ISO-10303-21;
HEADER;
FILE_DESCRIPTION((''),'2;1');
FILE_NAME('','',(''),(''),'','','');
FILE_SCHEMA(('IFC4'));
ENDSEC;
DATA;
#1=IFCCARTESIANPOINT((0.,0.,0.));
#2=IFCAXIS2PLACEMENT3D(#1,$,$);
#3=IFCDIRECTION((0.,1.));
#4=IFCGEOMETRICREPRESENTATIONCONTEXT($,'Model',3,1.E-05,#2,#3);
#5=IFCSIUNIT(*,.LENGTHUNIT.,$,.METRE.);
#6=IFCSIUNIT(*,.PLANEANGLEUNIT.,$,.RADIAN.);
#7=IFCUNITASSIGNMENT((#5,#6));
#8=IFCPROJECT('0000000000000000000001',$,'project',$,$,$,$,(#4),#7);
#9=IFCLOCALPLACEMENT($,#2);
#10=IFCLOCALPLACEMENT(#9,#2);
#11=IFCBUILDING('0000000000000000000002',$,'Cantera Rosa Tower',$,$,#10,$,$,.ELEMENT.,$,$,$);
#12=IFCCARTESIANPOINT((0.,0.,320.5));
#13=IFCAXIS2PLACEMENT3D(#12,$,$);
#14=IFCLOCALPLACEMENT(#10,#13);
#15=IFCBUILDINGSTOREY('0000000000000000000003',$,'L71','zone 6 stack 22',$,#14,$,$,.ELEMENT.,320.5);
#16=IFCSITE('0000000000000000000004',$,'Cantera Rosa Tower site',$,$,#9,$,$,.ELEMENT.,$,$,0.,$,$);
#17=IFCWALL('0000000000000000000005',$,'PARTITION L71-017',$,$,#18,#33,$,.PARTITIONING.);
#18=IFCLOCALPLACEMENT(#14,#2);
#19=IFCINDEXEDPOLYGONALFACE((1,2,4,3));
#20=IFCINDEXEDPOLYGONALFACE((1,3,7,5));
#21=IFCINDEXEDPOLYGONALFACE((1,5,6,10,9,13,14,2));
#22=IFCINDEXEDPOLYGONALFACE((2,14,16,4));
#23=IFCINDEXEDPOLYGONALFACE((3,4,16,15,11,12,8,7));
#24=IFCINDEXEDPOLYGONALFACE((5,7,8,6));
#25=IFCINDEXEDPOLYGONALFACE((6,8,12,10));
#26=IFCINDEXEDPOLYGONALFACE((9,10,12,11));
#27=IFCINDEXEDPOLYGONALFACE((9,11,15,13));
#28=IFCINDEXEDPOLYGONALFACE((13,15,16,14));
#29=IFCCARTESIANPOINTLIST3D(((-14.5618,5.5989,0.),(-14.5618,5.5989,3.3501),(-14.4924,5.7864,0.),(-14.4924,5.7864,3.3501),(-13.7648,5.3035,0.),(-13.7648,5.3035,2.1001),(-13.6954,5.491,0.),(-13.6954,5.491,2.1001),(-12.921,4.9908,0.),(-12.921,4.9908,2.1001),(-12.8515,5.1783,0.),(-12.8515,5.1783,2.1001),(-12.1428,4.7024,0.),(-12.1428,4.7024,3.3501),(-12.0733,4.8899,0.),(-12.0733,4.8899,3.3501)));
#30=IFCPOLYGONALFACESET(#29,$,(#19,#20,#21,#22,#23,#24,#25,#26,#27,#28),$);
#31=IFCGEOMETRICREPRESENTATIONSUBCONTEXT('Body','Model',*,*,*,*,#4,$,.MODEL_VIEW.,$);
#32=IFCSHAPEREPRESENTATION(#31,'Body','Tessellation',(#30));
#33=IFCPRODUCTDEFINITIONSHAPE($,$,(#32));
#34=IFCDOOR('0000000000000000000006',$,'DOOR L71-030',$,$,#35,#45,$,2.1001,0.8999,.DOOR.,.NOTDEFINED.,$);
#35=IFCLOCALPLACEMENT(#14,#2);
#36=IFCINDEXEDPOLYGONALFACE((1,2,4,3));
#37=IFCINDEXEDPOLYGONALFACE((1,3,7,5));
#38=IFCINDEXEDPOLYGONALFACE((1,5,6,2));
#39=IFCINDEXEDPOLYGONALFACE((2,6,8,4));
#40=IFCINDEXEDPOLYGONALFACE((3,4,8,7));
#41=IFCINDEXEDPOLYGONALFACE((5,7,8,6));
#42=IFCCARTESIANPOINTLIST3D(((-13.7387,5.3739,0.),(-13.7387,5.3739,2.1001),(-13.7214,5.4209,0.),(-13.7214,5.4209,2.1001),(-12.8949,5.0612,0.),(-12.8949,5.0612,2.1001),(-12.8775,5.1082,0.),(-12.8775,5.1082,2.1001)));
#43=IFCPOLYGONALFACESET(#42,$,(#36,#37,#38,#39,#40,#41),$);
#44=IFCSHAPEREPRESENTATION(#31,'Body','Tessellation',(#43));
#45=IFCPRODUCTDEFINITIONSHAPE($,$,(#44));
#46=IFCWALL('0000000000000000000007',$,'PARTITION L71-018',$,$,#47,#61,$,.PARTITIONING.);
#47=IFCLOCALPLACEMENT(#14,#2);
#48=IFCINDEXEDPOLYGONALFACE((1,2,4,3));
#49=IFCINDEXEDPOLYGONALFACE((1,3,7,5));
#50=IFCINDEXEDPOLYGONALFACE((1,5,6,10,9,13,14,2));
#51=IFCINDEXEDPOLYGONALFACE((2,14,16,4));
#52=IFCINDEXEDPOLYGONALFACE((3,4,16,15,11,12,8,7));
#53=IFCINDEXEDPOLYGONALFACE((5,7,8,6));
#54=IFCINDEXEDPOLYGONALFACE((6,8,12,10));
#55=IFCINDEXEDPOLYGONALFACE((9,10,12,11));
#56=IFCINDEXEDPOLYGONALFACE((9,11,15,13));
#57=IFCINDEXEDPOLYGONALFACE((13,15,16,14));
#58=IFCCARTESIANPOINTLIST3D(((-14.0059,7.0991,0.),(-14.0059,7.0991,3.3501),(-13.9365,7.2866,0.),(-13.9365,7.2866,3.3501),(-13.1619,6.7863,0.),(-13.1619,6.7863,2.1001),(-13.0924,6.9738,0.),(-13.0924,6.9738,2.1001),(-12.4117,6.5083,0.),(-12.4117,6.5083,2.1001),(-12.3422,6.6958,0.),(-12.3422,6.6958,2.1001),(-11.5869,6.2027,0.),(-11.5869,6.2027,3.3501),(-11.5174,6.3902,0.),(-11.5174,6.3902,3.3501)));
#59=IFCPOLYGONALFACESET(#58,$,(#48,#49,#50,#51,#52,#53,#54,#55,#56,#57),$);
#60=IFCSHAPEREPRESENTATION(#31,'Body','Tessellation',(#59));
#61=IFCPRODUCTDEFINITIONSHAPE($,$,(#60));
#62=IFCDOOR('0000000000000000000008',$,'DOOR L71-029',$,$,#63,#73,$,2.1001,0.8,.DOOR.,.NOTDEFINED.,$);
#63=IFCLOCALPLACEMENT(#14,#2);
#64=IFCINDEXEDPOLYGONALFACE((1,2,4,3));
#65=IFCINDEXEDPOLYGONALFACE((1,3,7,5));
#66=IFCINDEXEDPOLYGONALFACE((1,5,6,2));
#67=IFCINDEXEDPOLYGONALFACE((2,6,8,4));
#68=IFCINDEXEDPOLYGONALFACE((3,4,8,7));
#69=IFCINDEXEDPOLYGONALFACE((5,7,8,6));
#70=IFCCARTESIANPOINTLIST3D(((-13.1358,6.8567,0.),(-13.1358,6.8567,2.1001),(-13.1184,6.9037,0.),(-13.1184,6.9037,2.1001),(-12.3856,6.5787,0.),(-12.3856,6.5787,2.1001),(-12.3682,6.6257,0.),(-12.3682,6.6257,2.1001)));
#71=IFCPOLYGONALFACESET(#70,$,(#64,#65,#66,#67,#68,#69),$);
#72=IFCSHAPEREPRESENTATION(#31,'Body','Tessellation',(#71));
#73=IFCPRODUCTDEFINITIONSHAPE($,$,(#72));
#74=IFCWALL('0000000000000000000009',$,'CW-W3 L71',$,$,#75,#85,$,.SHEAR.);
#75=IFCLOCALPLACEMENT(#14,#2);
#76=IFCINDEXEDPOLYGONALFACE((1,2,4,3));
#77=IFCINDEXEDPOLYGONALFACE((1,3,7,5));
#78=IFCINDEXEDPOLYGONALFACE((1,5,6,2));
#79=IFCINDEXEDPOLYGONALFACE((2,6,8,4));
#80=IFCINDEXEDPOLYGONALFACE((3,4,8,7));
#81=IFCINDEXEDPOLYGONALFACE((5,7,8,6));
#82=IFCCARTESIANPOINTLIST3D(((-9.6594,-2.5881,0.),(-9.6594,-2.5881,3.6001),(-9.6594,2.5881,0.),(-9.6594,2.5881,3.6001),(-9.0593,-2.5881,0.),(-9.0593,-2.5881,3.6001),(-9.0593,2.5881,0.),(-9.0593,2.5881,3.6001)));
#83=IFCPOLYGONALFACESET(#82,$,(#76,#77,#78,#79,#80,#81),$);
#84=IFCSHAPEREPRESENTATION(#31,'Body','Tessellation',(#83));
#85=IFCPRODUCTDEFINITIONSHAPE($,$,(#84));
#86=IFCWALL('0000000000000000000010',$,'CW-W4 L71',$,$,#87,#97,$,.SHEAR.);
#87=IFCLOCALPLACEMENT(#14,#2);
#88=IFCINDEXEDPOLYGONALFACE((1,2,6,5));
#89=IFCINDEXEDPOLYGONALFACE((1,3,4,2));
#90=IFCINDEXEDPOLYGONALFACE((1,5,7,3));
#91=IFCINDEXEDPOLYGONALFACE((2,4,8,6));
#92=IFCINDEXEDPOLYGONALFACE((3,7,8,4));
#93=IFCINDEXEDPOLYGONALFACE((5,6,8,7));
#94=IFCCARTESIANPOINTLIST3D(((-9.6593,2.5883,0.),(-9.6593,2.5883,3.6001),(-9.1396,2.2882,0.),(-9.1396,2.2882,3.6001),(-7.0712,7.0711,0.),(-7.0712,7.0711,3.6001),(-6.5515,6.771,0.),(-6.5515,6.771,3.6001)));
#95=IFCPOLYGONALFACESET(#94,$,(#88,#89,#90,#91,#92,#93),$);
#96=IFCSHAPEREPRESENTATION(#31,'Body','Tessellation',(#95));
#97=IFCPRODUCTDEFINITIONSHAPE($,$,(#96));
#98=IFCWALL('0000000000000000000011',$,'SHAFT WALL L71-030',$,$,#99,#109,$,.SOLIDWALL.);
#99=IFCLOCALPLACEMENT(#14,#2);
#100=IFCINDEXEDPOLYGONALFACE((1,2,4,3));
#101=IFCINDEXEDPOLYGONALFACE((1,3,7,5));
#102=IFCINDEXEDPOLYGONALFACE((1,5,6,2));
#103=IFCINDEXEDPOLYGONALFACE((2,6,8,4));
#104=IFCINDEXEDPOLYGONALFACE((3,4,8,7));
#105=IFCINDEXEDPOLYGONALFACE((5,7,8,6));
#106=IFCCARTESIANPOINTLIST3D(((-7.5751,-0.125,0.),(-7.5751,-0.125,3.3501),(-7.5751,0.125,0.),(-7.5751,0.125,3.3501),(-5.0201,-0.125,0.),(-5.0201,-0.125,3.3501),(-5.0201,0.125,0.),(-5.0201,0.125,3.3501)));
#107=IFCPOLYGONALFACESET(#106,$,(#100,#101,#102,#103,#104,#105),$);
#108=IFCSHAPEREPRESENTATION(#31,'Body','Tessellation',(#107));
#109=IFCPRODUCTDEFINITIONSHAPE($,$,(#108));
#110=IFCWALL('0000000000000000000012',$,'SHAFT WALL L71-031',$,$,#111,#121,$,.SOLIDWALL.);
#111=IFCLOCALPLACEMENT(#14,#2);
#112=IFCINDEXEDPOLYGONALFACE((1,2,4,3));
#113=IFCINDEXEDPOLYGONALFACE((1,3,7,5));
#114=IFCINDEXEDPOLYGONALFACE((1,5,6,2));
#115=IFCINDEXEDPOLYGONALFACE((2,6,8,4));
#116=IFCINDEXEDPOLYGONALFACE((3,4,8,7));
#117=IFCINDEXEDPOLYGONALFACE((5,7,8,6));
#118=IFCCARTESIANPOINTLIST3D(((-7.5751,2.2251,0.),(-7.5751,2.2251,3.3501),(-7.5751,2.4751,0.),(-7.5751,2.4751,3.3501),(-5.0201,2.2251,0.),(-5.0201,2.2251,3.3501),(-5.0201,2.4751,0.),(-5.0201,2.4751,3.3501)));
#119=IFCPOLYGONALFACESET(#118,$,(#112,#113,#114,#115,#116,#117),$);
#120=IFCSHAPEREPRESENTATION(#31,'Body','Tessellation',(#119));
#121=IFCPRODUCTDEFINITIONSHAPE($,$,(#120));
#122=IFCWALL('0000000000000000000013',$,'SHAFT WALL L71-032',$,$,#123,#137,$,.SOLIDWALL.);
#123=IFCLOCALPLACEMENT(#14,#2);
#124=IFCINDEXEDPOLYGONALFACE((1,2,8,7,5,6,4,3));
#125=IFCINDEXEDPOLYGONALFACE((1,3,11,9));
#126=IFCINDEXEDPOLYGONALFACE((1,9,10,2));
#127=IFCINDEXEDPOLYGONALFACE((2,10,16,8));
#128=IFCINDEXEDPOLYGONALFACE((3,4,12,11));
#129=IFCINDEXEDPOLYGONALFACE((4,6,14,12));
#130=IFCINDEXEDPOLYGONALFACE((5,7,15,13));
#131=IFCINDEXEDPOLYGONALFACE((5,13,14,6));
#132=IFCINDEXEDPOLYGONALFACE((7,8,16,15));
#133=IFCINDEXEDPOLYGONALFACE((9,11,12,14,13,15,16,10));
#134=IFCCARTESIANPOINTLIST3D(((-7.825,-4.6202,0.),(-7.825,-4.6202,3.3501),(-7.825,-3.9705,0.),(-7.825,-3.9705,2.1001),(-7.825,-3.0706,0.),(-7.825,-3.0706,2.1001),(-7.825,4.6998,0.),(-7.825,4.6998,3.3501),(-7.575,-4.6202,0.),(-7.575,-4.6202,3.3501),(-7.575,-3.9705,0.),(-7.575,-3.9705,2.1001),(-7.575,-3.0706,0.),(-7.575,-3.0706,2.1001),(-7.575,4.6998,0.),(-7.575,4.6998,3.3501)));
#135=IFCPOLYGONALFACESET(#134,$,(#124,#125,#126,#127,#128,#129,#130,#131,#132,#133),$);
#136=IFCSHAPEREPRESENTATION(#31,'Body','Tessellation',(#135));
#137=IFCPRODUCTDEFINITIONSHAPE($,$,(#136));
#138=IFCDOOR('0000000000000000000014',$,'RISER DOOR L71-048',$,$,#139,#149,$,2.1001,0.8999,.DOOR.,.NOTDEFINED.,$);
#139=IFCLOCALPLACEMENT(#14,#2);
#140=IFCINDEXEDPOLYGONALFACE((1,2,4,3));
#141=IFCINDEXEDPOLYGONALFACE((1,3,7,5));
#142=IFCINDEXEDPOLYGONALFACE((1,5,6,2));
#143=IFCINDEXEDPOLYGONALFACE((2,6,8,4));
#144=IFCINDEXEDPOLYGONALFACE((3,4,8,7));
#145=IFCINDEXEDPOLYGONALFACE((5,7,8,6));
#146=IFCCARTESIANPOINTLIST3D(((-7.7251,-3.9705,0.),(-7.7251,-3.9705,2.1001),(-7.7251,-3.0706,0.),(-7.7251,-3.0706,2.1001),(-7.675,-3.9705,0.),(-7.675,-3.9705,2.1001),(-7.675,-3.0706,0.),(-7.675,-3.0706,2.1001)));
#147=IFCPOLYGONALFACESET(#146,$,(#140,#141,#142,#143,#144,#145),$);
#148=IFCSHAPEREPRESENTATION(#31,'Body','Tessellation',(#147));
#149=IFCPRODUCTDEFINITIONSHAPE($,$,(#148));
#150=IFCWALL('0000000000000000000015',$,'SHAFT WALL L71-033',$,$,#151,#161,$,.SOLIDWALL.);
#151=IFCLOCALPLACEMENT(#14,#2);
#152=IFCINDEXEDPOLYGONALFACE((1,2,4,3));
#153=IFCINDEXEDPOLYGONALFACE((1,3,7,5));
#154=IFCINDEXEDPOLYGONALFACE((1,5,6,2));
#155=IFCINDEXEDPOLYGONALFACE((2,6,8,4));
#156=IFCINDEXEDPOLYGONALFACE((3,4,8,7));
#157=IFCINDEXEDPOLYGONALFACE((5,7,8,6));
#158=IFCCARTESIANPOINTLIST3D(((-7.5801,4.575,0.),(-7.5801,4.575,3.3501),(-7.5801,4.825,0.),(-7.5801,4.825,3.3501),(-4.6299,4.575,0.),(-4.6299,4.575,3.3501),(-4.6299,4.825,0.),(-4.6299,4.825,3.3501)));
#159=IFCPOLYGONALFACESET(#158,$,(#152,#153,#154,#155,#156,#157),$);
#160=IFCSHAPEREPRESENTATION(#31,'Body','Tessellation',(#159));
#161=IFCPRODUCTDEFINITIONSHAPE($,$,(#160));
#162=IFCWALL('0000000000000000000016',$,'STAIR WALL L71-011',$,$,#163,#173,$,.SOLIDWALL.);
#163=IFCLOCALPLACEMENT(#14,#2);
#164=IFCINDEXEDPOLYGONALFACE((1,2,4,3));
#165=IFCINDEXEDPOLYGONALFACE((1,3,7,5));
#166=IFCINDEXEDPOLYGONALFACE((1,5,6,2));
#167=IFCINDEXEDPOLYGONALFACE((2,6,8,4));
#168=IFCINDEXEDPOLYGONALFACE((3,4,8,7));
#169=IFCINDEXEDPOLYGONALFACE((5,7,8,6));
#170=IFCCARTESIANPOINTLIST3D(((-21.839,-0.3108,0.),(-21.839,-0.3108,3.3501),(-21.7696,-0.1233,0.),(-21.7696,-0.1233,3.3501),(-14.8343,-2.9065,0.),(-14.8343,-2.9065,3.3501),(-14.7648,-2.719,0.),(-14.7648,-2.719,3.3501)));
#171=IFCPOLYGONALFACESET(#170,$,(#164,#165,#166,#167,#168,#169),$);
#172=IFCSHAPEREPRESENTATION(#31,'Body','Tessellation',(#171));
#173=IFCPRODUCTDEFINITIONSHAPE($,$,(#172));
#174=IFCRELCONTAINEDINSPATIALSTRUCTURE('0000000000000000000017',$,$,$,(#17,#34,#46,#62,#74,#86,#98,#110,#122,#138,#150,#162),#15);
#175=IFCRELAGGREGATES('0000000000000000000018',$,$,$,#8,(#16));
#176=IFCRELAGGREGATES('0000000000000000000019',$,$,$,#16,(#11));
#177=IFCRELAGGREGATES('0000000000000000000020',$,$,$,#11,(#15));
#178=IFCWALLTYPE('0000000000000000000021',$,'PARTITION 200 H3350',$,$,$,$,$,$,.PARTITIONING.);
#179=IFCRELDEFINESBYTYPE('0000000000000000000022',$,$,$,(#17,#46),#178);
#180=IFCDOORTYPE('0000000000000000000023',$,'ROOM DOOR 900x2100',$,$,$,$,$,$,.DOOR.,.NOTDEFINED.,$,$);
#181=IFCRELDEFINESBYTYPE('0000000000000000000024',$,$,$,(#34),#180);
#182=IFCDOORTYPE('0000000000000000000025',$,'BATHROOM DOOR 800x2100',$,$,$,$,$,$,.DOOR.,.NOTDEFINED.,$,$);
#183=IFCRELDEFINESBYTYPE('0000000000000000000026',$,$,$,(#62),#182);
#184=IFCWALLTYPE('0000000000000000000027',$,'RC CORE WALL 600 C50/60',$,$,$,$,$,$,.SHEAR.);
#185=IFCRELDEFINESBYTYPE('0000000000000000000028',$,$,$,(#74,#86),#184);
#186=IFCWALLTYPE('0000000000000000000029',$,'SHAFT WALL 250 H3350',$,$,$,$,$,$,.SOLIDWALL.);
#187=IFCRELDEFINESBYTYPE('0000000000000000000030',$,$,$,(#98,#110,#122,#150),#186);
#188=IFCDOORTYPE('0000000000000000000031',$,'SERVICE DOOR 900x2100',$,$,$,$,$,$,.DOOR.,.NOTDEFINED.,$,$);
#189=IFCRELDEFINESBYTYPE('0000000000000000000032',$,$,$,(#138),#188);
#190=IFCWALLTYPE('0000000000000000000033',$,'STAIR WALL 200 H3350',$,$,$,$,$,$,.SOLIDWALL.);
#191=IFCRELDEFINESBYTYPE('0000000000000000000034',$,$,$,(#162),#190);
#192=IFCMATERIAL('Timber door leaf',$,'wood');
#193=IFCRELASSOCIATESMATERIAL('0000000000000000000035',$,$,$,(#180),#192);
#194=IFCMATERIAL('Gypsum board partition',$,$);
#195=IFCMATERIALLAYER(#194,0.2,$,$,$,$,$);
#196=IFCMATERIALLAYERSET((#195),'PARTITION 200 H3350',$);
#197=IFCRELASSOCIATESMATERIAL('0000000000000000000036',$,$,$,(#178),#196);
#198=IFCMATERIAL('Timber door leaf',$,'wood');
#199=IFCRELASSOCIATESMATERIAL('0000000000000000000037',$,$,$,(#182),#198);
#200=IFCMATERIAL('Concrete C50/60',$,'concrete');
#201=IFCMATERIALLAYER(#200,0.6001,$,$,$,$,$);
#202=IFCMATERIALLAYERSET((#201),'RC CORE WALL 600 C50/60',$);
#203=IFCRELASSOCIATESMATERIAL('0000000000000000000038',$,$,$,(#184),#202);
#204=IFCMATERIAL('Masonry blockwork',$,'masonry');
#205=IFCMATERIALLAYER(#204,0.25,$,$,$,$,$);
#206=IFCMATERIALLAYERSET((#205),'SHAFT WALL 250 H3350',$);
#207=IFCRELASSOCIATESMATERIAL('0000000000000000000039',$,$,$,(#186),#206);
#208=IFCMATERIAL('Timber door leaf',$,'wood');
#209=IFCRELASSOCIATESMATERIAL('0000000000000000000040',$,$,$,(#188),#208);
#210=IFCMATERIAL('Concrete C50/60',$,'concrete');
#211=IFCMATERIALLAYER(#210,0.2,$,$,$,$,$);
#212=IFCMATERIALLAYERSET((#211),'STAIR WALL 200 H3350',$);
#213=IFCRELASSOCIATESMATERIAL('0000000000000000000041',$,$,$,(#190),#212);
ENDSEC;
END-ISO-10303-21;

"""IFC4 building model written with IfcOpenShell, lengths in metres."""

from ifc_helpers import new_model, si_unit, direction, frame, frame_2d, origin, place, context, subcontext, project, spatial, rectangle, extrude, material, layer, layer_set, type_object, element, fill, save


model = new_model("IFC4")

# Units and contexts
model_context = context("Model", 3, precision=1e-05, world=origin(), true_north=direction((0.0, 1.0)))
body_context = subcontext(model_context, "Body", "Model", "MODEL_VIEW")
ifc_project = project(units=[si_unit("LENGTHUNIT", "METRE"), si_unit("PLANEANGLEUNIT", "RADIAN")], contexts=[model_context])

# Site, building, storey
site_placement = place(None, origin())
site = spatial("IfcSite", under=ifc_project, at=site_placement, Name="Cantera Rosa Tower site", CompositionType="ELEMENT", RefElevation=0.0)
building_placement = place(site_placement, origin())
building = spatial("IfcBuilding", under=site, at=building_placement, Name="Cantera Rosa Tower", CompositionType="ELEMENT")
storey_placement = place(building_placement, frame((0.0, 0.0, 320.5)))
storey = spatial("IfcBuildingStorey", under=building, at=storey_placement, Name="L71", Description="zone 6 stack 22", CompositionType="ELEMENT", Elevation=320.5)

# Shared definitions
ifc_material_1 = material(Name="Timber door leaf", Category="wood")
door_type_1 = type_object("IfcDoorType", Name="ROOM DOOR 900x2100", OperationType="NOTDEFINED", PredefinedType="DOOR", material=ifc_material_1)

# Walls, openings, doors
ifc_material_2 = material(Name="Gypsum board partition")
ifc_layer_1 = layer(ifc_material_2, 0.2)
ifc_layer_set_1 = layer_set([ifc_layer_1], Name="PARTITION 200 H3350")
wall_type_1 = type_object("IfcWallType", Name="PARTITION 200 H3350", PredefinedType="PARTITIONING", material=ifc_layer_set_1)
wall_1_placement = place(storey_placement, frame((-12.1079, 4.7961, 0.0), z_axis=(0.0, 0.0, 1.0), x_axis=(-0.937687, 0.347481, 0.0)))
wall_1 = element("IfcWall", 1, at=wall_1_placement, inside=storey, type_object=wall_type_1, Name="PARTITION L71-017", PredefinedType="PARTITIONING", context=body_context, shape_type="SweptSolid", body=[
    extrude(rectangle(XDim=2.5798, YDim=0.2, at=frame_2d((1.29, 0.0))), origin(), (0.0, 0.0, 1.0), 3.3501),
])
opening_1_placement = place(wall_1_placement, frame((0.8301, 0.0, 0.0)))
opening_1 = element("IfcOpeningElement", 2, at=opening_1_placement, cuts=wall_1, PredefinedType="OPENING", context=body_context, shape_type="SweptSolid", body=[
    extrude(rectangle(XDim=0.8999, YDim=2.1001, at=frame_2d((0.45, 1.05))), frame((0.0, 0.1099, 0.0), z_axis=(0.0, -1.0, 0.0), x_axis=(1.0, 0.0, 0.0)), (0.0, 0.0, 1.0), 0.22),
])
door_1_placement = place(opening_1_placement, origin())
door_1 = element("IfcDoor", 3, at=door_1_placement, inside=storey, type_object=door_type_1, Name="DOOR L71-030", OperationType="NOTDEFINED", OverallHeight=2.1001, OverallWidth=0.8999, PredefinedType="DOOR", context=body_context, shape_type="SweptSolid", body=[
    extrude(rectangle(XDim=0.8999, YDim=2.1001, at=frame_2d((0.45, 1.05))), frame((0.0, 0.0249, 0.0), z_axis=(0.0, -1.0, 0.0), x_axis=(1.0, 0.0, 0.0)), (0.0, 0.0, 1.0), 0.05),
])
fill(opening_1, door_1)
wall_2_placement = place(storey_placement, frame((-11.552, 6.2964, 0.0), z_axis=(0.0, 0.0, 1.0), x_axis=(-0.937687, 0.347481, 0.0)))
wall_2 = element("IfcWall", 4, at=wall_2_placement, inside=storey, type_object=wall_type_1, Name="PARTITION L71-018", PredefinedType="PARTITIONING", context=body_context, shape_type="SweptSolid", body=[
    extrude(rectangle(XDim=2.5798, YDim=0.2, at=frame_2d((1.29, 0.0))), origin(), (0.0, 0.0, 1.0), 3.3501),
])
opening_2_placement = place(wall_2_placement, frame((0.8799, 0.0, 0.0)))
opening_2 = element("IfcOpeningElement", 5, at=opening_2_placement, cuts=wall_2, PredefinedType="OPENING", context=body_context, shape_type="SweptSolid", body=[
    extrude(rectangle(XDim=0.8, YDim=2.1001, at=frame_2d((0.3999, 1.05))), frame((0.0, 0.1099, 0.0), z_axis=(0.0, -1.0, 0.0), x_axis=(1.0, 0.0, 0.0)), (0.0, 0.0, 1.0), 0.22),
])
ifc_material_3 = material(Name="Timber door leaf", Category="wood")
door_type_2 = type_object("IfcDoorType", Name="BATHROOM DOOR 800x2100", OperationType="NOTDEFINED", PredefinedType="DOOR", material=ifc_material_3)
door_2_placement = place(opening_2_placement, origin())
door_2 = element("IfcDoor", 6, at=door_2_placement, inside=storey, type_object=door_type_2, Name="DOOR L71-029", OperationType="NOTDEFINED", OverallHeight=2.1001, OverallWidth=0.8, PredefinedType="DOOR", context=body_context, shape_type="SweptSolid", body=[
    extrude(rectangle(XDim=0.8, YDim=2.1001, at=frame_2d((0.3999, 1.05))), frame((0.0, 0.0249, 0.0), z_axis=(0.0, -1.0, 0.0), x_axis=(1.0, 0.0, 0.0)), (0.0, 0.0, 1.0), 0.05),
])
fill(opening_2, door_2)

# Walls
ifc_material_4 = material(Name="Concrete C50/60", Category="concrete")
ifc_layer_2 = layer(ifc_material_4, 0.6001)
ifc_layer_set_2 = layer_set([ifc_layer_2], Name="RC CORE WALL 600 C50/60")
wall_type_2 = type_object("IfcWallType", Name="RC CORE WALL 600 C50/60", PredefinedType="SHEAR", material=ifc_layer_set_2)
for number, where, z_axis, x_axis, name in (
    (7, (-9.3594, -2.5881, 0.0), (0.0, 0.0, 1.0), (0.0, 1.0, 0.0), "CW-W3 L71"),
    (8, (-9.3994, 2.4382, 0.0), (0.0, 0.0, 1.0), (0.499989, 0.866032, 0.0), "CW-W4 L71"),
):
    element("IfcWall", number, at=place(storey_placement, frame(where, z_axis=z_axis, x_axis=x_axis)), inside=storey, type_object=wall_type_2, Name=name, PredefinedType="SHEAR", context=body_context, shape_type="SweptSolid", body=[
        extrude(rectangle(XDim=5.1763, YDim=0.6001, at=frame_2d((2.5881, 0.0))), origin(), (0.0, 0.0, 1.0), 3.6001),
    ])
ifc_material_5 = material(Name="Masonry blockwork", Category="masonry")
ifc_layer_3 = layer(ifc_material_5, 0.25)
ifc_layer_set_3 = layer_set([ifc_layer_3], Name="SHAFT WALL 250 H3350")
wall_type_3 = type_object("IfcWallType", Name="SHAFT WALL 250 H3350", PredefinedType="SOLIDWALL", material=ifc_layer_set_3)
for number, where, z_axis, x_axis, name in (
    (9, (-7.575, 0.0, 0.0), (0.0, 0.0, 1.0), (1.0, 0.0, 0.0), "SHAFT WALL L71-030"),
    (10, (-7.575, 2.3501, 0.0), (0.0, 0.0, 1.0), (1.0, 0.0, 0.0), "SHAFT WALL L71-031"),
):
    element("IfcWall", number, at=place(storey_placement, frame(where, z_axis=z_axis, x_axis=x_axis)), inside=storey, type_object=wall_type_3, Name=name, PredefinedType="SOLIDWALL", context=body_context, shape_type="SweptSolid", body=[
        extrude(rectangle(XDim=2.5549, YDim=0.25, at=frame_2d((1.2773, 0.0))), origin(), (0.0, 0.0, 1.0), 3.3501),
    ])

# Wall, opening, door
wall_3_placement = place(storey_placement, frame((-7.7, 4.7, 0.0), z_axis=(0.0, 0.0, 1.0), x_axis=(0.0, -1.0, 0.0)))
wall_3 = element("IfcWall", 11, at=wall_3_placement, inside=storey, type_object=wall_type_3, Name="SHAFT WALL L71-032", PredefinedType="SOLIDWALL", context=body_context, shape_type="SweptSolid", body=[
    extrude(rectangle(XDim=9.3201, YDim=0.25, at=frame_2d((4.6602, 0.0))), origin(), (0.0, 0.0, 1.0), 3.3501),
])
opening_3_placement = place(wall_3_placement, frame((7.7705, 0.0, 0.0)))
opening_3 = element("IfcOpeningElement", 12, at=opening_3_placement, cuts=wall_3, PredefinedType="OPENING", context=body_context, shape_type="SweptSolid", body=[
    extrude(rectangle(XDim=0.8999, YDim=2.1001, at=frame_2d((0.45, 1.05))), frame((0.0, 0.135, 0.0), z_axis=(0.0, -1.0, 0.0), x_axis=(1.0, 0.0, 0.0)), (0.0, 0.0, 1.0), 0.27),
])
ifc_material_6 = material(Name="Timber door leaf", Category="wood")
door_type_3 = type_object("IfcDoorType", Name="SERVICE DOOR 900x2100", OperationType="NOTDEFINED", PredefinedType="DOOR", material=ifc_material_6)
door_3_placement = place(opening_3_placement, origin())
door_3 = element("IfcDoor", 13, at=door_3_placement, inside=storey, type_object=door_type_3, Name="RISER DOOR L71-048", OperationType="NOTDEFINED", OverallHeight=2.1001, OverallWidth=0.8999, PredefinedType="DOOR", context=body_context, shape_type="SweptSolid", body=[
    extrude(rectangle(XDim=0.8999, YDim=2.1001, at=frame_2d((0.45, 1.05))), frame((0.0, 0.0249, 0.0), z_axis=(0.0, -1.0, 0.0), x_axis=(1.0, 0.0, 0.0)), (0.0, 0.0, 1.0), 0.05),
])
fill(opening_3, door_3)

# Walls
wall_4_placement = place(storey_placement, frame((-7.5801, 4.7, 0.0), z_axis=(0.0, 0.0, 1.0), x_axis=(1.0, 0.0, 0.0)))
element("IfcWall", 14, at=wall_4_placement, inside=storey, type_object=wall_type_3, Name="SHAFT WALL L71-033", PredefinedType="SOLIDWALL", context=body_context, shape_type="SweptSolid", body=[
    extrude(rectangle(XDim=2.9502, YDim=0.25, at=frame_2d((1.4751, 0.0))), origin(), (0.0, 0.0, 1.0), 3.3501),
])
ifc_material_7 = material(Name="Concrete C50/60", Category="concrete")
ifc_layer_4 = layer(ifc_material_7, 0.2)
ifc_layer_set_4 = layer_set([ifc_layer_4], Name="STAIR WALL 200 H3350")
wall_type_4 = type_object("IfcWallType", Name="STAIR WALL 200 H3350", PredefinedType="SOLIDWALL", material=ifc_layer_set_4)
wall_5_placement = place(storey_placement, frame((-14.7996, -2.8127, 0.0), z_axis=(0.0, 0.0, 1.0), x_axis=(-0.937688, 0.347478, 0.0)))
element("IfcWall", 15, at=wall_5_placement, inside=storey, type_object=wall_type_4, Name="STAIR WALL L71-011", PredefinedType="SOLIDWALL", context=body_context, shape_type="SweptSolid", body=[
    extrude(rectangle(XDim=7.4702, YDim=0.2, at=frame_2d((3.7351, 0.0))), origin(), (0.0, 0.0, 1.0), 3.3501),
])

save(model, "model.ifc")
